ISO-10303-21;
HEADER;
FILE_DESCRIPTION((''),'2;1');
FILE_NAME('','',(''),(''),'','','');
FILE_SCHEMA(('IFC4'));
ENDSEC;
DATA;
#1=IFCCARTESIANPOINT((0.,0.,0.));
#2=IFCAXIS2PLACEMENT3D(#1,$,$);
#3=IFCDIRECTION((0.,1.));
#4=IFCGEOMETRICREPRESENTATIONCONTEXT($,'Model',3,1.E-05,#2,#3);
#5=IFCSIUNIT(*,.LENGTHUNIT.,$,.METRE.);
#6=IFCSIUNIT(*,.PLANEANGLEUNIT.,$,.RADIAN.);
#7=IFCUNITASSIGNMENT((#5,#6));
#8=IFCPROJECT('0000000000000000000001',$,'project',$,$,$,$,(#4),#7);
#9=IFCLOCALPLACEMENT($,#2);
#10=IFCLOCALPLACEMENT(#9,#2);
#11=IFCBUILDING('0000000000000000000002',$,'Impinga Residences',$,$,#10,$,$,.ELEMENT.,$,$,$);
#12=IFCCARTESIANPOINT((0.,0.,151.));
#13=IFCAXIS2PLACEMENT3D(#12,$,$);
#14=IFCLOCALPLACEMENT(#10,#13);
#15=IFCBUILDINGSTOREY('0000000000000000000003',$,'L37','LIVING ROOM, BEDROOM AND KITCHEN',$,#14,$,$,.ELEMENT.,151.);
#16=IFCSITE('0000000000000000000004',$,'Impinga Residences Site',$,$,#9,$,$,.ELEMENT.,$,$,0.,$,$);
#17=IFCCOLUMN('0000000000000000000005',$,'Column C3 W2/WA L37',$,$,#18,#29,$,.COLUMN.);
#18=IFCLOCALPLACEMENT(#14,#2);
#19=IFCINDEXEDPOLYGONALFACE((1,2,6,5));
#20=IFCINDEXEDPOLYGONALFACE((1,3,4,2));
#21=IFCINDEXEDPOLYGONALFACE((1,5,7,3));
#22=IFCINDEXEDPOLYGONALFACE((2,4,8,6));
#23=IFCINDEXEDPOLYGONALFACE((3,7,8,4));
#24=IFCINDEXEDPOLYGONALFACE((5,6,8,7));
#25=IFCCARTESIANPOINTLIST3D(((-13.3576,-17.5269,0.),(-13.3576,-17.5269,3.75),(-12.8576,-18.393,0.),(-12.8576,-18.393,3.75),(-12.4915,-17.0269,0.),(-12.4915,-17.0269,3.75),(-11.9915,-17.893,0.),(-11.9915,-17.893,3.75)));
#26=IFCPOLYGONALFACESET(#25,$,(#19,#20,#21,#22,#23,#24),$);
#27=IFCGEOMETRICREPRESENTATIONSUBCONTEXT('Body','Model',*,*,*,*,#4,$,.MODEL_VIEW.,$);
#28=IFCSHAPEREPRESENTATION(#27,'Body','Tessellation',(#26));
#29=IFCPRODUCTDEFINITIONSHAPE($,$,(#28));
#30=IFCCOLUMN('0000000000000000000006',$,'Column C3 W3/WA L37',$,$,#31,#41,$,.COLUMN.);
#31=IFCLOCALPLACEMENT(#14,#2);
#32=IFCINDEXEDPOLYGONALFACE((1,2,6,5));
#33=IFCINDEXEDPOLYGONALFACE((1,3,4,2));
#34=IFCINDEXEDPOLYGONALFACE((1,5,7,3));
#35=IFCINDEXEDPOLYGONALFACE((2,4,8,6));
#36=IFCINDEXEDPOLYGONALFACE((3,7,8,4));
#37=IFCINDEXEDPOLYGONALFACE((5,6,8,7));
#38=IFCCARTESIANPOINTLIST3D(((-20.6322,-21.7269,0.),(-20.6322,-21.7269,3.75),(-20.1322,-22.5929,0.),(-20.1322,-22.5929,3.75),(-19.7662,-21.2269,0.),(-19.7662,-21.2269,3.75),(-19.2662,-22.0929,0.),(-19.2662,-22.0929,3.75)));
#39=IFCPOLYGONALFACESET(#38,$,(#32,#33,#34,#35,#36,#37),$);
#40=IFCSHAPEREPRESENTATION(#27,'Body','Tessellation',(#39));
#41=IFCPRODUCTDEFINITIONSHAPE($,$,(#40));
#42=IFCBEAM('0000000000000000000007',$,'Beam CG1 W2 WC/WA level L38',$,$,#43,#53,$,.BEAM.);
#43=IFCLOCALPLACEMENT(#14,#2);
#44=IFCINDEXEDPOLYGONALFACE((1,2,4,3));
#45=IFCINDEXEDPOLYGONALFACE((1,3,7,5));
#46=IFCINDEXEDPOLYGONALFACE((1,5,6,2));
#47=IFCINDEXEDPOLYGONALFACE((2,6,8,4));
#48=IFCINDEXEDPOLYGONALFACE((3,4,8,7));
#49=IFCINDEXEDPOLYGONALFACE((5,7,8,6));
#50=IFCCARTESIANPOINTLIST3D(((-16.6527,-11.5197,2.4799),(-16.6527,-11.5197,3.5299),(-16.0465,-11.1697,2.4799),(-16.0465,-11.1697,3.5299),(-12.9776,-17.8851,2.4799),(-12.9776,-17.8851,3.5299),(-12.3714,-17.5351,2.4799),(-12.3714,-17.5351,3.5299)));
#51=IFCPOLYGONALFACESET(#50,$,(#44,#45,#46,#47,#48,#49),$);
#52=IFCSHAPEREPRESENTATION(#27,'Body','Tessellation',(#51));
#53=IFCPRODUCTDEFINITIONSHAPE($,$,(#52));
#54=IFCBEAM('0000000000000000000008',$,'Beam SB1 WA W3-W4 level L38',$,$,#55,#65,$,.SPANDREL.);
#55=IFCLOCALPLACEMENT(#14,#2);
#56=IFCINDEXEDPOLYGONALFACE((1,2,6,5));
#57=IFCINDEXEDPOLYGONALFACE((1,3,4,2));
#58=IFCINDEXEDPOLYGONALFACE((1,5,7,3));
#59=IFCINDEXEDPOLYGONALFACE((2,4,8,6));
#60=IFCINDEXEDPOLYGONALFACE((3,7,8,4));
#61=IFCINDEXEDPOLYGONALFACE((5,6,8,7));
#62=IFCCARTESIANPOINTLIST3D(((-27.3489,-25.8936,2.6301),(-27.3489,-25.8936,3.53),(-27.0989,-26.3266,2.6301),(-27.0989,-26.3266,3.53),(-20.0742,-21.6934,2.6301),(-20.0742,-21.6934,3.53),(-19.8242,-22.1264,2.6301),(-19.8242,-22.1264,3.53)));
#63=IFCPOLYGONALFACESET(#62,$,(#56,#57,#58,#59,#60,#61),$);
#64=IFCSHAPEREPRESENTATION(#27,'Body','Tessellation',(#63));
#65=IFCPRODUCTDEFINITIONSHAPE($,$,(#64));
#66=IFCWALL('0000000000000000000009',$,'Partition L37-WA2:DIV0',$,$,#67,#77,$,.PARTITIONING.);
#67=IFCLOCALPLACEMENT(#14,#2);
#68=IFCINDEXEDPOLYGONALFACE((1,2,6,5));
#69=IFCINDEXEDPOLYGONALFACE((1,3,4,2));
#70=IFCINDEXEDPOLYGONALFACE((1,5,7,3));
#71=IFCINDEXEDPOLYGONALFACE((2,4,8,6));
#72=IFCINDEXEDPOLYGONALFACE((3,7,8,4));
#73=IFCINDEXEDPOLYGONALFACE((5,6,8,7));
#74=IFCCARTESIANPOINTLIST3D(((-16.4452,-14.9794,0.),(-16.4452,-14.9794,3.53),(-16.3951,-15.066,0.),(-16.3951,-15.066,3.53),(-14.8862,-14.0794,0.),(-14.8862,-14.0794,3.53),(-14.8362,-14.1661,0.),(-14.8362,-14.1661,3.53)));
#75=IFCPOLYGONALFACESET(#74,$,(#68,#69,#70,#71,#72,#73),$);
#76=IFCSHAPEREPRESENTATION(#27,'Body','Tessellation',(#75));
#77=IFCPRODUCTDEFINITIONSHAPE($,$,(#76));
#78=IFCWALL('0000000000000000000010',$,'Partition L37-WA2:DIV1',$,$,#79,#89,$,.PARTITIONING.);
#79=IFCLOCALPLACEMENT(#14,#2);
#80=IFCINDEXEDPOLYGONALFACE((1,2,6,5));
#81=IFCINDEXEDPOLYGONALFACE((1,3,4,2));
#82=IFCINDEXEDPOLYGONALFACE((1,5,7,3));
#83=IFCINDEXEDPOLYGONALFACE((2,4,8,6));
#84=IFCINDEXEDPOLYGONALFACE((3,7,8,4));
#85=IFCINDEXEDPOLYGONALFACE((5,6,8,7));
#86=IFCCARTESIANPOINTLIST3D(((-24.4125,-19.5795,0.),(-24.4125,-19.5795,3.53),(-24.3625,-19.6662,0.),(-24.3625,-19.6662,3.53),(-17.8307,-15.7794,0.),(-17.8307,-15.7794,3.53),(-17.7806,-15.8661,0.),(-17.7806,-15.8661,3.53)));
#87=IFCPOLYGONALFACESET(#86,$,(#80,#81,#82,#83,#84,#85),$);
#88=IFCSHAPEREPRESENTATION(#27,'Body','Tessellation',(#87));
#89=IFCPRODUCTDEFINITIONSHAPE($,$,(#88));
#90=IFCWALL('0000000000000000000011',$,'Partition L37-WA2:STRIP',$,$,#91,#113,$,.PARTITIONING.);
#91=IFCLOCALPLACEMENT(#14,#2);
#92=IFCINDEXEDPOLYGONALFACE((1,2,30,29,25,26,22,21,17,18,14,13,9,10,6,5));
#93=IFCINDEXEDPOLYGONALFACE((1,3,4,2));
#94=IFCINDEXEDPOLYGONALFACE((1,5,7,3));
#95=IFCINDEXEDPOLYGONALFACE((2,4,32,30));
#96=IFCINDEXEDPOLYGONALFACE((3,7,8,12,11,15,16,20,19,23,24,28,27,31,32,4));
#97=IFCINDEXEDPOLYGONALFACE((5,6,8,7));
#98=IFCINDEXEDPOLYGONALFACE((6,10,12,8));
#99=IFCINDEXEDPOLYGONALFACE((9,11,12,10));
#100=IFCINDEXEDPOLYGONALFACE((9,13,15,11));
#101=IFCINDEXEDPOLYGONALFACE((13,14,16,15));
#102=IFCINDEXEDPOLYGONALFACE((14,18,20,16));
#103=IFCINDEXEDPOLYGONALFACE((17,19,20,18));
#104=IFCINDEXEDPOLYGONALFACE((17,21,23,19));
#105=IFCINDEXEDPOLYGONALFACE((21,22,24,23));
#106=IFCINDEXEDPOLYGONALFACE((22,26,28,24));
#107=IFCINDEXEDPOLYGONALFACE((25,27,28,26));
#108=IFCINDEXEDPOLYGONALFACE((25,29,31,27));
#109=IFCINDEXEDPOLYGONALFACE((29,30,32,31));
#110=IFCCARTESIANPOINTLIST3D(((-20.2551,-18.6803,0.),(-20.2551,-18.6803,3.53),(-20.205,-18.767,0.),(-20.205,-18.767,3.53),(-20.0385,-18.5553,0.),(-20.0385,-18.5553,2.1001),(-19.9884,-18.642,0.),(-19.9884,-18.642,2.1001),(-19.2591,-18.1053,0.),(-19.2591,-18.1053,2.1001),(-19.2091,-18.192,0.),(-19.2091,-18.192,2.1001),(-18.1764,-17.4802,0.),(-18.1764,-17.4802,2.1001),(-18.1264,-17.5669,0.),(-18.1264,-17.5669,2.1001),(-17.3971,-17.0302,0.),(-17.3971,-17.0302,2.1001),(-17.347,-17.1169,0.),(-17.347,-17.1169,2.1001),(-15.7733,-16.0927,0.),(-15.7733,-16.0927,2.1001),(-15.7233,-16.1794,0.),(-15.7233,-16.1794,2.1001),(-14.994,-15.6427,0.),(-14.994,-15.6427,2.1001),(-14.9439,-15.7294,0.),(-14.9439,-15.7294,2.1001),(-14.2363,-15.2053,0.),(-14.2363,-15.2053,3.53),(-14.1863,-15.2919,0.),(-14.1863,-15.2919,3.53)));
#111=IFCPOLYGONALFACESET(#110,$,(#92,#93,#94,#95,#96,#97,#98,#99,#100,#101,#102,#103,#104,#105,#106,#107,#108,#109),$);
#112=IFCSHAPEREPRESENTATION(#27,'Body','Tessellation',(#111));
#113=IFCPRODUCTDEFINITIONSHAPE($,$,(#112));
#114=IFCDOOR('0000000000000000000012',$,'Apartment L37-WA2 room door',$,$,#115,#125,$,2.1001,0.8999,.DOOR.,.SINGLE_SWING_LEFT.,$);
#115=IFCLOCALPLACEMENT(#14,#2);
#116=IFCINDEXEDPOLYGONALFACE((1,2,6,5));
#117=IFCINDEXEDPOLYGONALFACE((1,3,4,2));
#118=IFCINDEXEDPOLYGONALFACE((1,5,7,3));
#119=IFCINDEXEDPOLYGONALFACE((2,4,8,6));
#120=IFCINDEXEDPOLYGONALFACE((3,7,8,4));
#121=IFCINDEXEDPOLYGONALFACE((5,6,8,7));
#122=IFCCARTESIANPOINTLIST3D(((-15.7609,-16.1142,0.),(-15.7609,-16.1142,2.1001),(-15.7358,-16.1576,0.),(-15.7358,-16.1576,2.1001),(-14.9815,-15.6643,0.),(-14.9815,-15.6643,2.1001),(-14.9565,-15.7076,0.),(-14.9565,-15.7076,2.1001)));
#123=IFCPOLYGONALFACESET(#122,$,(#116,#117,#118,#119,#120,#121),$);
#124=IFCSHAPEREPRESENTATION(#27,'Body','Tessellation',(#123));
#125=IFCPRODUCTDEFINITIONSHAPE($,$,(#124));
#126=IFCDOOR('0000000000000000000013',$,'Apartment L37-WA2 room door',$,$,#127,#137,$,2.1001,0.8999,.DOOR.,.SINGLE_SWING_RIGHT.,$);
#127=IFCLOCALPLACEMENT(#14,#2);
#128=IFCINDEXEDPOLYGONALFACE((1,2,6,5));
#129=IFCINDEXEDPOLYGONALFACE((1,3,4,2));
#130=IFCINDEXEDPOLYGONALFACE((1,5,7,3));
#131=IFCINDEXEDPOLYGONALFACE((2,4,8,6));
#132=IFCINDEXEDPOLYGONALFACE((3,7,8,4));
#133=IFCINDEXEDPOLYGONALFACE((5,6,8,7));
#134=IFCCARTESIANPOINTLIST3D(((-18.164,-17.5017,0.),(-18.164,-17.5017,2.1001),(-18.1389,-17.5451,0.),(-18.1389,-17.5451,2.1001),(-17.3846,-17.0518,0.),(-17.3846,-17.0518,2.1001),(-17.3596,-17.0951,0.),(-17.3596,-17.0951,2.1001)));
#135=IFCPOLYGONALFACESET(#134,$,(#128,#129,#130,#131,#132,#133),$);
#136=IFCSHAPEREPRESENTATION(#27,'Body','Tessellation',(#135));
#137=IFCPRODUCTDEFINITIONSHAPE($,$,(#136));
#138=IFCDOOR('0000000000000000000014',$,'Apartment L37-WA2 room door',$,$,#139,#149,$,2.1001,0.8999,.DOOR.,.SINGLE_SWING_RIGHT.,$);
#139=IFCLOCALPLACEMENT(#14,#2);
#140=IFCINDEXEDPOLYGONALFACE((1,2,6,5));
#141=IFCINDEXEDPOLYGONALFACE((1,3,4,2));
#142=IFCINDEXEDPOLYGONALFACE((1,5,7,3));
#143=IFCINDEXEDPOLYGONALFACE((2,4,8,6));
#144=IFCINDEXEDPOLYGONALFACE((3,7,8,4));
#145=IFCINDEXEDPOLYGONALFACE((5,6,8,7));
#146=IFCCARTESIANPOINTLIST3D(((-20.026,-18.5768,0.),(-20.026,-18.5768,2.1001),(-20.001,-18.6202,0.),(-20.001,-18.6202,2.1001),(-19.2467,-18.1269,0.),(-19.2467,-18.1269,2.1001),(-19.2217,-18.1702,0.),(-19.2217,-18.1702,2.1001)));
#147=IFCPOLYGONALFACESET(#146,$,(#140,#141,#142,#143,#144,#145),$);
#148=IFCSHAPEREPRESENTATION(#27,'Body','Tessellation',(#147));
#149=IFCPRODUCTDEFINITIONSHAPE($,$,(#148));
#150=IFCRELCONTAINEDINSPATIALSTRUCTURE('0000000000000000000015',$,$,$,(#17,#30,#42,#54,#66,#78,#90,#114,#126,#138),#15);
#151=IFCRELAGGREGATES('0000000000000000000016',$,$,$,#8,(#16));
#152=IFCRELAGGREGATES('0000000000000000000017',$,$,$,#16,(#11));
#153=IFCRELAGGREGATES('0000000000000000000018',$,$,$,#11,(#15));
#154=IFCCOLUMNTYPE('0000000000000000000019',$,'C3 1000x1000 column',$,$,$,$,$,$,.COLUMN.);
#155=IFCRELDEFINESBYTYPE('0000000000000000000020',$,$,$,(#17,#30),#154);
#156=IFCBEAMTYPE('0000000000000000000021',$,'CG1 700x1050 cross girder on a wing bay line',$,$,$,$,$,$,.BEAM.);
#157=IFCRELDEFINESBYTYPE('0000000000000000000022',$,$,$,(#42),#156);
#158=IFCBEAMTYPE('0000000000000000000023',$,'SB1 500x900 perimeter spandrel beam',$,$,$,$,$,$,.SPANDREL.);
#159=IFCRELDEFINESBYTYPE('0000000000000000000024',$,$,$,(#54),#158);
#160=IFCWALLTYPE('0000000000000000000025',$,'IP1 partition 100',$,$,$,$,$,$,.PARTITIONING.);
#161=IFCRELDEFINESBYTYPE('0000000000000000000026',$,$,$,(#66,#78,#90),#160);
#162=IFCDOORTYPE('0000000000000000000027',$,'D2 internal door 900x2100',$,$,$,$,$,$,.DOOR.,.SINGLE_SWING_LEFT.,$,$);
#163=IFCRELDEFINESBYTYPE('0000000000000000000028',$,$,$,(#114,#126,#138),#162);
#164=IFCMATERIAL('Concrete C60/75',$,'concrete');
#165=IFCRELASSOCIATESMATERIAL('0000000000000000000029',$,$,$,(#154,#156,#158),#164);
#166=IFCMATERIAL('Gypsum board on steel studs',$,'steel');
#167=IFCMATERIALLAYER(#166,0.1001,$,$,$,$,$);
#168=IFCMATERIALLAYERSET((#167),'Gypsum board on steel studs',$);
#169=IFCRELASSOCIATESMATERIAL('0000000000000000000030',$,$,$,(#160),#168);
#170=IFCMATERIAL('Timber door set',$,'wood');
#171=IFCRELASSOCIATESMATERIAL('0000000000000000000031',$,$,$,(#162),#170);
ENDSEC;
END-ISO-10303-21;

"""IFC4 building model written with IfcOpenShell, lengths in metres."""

from ifc_helpers import new_model, si_unit, direction, frame, frame_2d, origin, origin_2d, place, context, subcontext, project, spatial, rectangle, extrude, material, layer, layer_set, material_profile, profile_set, type_object, element, fill, save


model = new_model("IFC4")

# Units and contexts
model_context = context("Model", 3, precision=1e-05, world=origin(), true_north=direction((0.0, 1.0)))
body_context = subcontext(model_context, "Body", "Model", "MODEL_VIEW")
ifc_project = project(units=[si_unit("LENGTHUNIT", "METRE"), si_unit("PLANEANGLEUNIT", "RADIAN")], contexts=[model_context])

# Site, building, storey
site_placement = place(None, origin())
site = spatial("IfcSite", under=ifc_project, at=site_placement, Name="Impinga Residences Site", CompositionType="ELEMENT", RefElevation=0.0)
building_placement = place(site_placement, origin())
building = spatial("IfcBuilding", under=site, at=building_placement, Name="Impinga Residences", CompositionType="ELEMENT")
storey_placement = place(building_placement, frame((0.0, 0.0, 151.0)))
storey = spatial("IfcBuildingStorey", under=building, at=storey_placement, Name="L37", Description="LIVING ROOM, BEDROOM AND KITCHEN", CompositionType="ELEMENT", Elevation=151.0)

# Columns
ifc_material_1 = material(Name="Concrete C60/75", Category="concrete")
ifc_material_profile_1 = material_profile(ifc_material_1, rectangle(XDim=1.0, YDim=1.0, at=origin_2d()), Name="RC 1000x1000")
ifc_profile_set_1 = profile_set([ifc_material_profile_1], Name="Concrete C60/75")
column_type = type_object("IfcColumnType", Name="C3 1000x1000 column", PredefinedType="COLUMN", material=ifc_profile_set_1)
for number, where, z_axis, x_axis, name in (
    (1, (-12.6746, -17.71, 0.0), (0.0, 0.0, 1.0), (-0.5, 0.866025, 0.0), "Column C3 W2/WA L37"),
    (2, (-19.9492, -21.9099, 0.0), (0.0, 0.0, 1.0), (-0.5, 0.866025, 0.0), "Column C3 W3/WA L37"),
):
    element("IfcColumn", number, at=place(storey_placement, frame(where, z_axis=z_axis, x_axis=x_axis)), inside=storey, type_object=column_type, Name=name, PredefinedType="COLUMN", context=body_context, shape_type="SweptSolid", body=[
        extrude(rectangle(XDim=1.0, YDim=1.0, at=origin_2d()), origin(), (0.0, 0.0, 1.0), 3.75),
    ])

# Beams
ifc_material_profile_2 = material_profile(ifc_material_1, rectangle(XDim=0.7, YDim=1.05, at=origin_2d()), Name="RC 700x1050")
ifc_profile_set_2 = profile_set([ifc_material_profile_2], Name="Concrete C60/75")
beam_type_1 = type_object("IfcBeamType", Name="CG1 700x1050 cross girder on a wing bay line", PredefinedType="BEAM", material=ifc_profile_set_2)
beam_1_placement = place(storey_placement, frame((-16.3496, -11.3447, 3.0049), z_axis=(0.500008, -0.866021, 0.0), x_axis=(0.866021, 0.500008, 0.0)))
element("IfcBeam", 3, at=beam_1_placement, inside=storey, type_object=beam_type_1, Name="Beam CG1 W2 WC/WA level L38", PredefinedType="BEAM", context=body_context, shape_type="SweptSolid", body=[
    extrude(rectangle(XDim=0.7, YDim=1.05, at=origin_2d()), origin(), (0.0, 0.0, 1.0), 7.3501),
])
ifc_material_profile_3 = material_profile(ifc_material_1, rectangle(XDim=0.5, YDim=0.8999, at=origin_2d()), Name="RC 500x900")
ifc_profile_set_3 = profile_set([ifc_material_profile_3], Name="Concrete C60/75")
beam_type_2 = type_object("IfcBeamType", Name="SB1 500x900 perimeter spandrel beam", PredefinedType="SPANDREL", material=ifc_profile_set_3)
beam_2_placement = place(storey_placement, frame((-19.9492, -21.9099, 3.0801), z_axis=(-0.866017, -0.500015, 0.0), x_axis=(0.500015, -0.866017, 0.0)))
element("IfcBeam", 4, at=beam_2_placement, inside=storey, type_object=beam_type_2, Name="Beam SB1 WA W3-W4 level L38", PredefinedType="SPANDREL", context=body_context, shape_type="SweptSolid", body=[
    extrude(rectangle(XDim=0.5, YDim=0.8999, at=origin_2d()), origin(), (0.0, 0.0, 1.0), 8.4001),
])

# Walls
ifc_material_2 = material(Name="Gypsum board on steel studs", Category="steel")
ifc_layer_1 = layer(ifc_material_2, 0.1001)
ifc_layer_set_1 = layer_set([ifc_layer_1], Name="Gypsum board on steel studs")
wall_type = type_object("IfcWallType", Name="IP1 partition 100", PredefinedType="PARTITIONING", material=ifc_layer_set_1)
wall_1_placement = place(storey_placement, frame((-14.8613, -14.1228, 0.0), z_axis=(0.0, 0.0, 1.0), x_axis=(-0.866048, -0.499961, 0.0)))
element("IfcWall", 5, at=wall_1_placement, inside=storey, type_object=wall_type, Name="Partition L37-WA2:DIV0", PredefinedType="PARTITIONING", context=body_context, shape_type="SweptSolid", body=[
    extrude(rectangle(XDim=1.8, YDim=0.1001, at=frame_2d((0.8999, 0.0))), origin(), (0.0, 0.0, 1.0), 3.53),
])
wall_2_placement = place(storey_placement, frame((-17.8057, -15.8228, 0.0), z_axis=(0.0, 0.0, 1.0), x_axis=(-0.866022, -0.500005, 0.0)))
element("IfcWall", 6, at=wall_2_placement, inside=storey, type_object=wall_type, Name="Partition L37-WA2:DIV1", PredefinedType="PARTITIONING", context=body_context, shape_type="SweptSolid", body=[
    extrude(rectangle(XDim=7.6001, YDim=0.1001, at=frame_2d((3.8, 0.0))), origin(), (0.0, 0.0, 1.0), 3.53),
])

# Wall, openings, doors
wall_3_placement = place(storey_placement, frame((-14.2112, -15.2485, 0.0), z_axis=(0.0, 0.0, 1.0), x_axis=(-0.866017, -0.500015, 0.0)))
wall_3 = element("IfcWall", 7, at=wall_3_placement, inside=storey, type_object=wall_type, Name="Partition L37-WA2:STRIP", PredefinedType="PARTITIONING", context=body_context, shape_type="SweptSolid", body=[
    extrude(rectangle(XDim=6.95, YDim=0.1001, at=frame_2d((3.4751, 0.0))), origin(), (0.0, 0.0, 1.0), 3.53),
])
opening_1_placement = place(wall_3_placement, frame((0.875, 0.0, 0.0)))
opening_1 = element("IfcOpeningElement", 8, at=opening_1_placement, cuts=wall_3, PredefinedType="OPENING", context=body_context, shape_type="SweptSolid", body=[
    extrude(rectangle(XDim=0.8999, YDim=2.1001, at=frame_2d((0.45, 1.05))), frame((0.0, 0.0601, 0.0), z_axis=(0.0, -1.0, 0.0), x_axis=(1.0, 0.0, 0.0)), (0.0, 0.0, 1.0), 0.1201),
])
opening_2_placement = place(wall_3_placement, frame((3.6499, 0.0, 0.0)))
opening_2 = element("IfcOpeningElement", 9, at=opening_2_placement, cuts=wall_3, PredefinedType="OPENING", context=body_context, shape_type="SweptSolid", body=[
    extrude(rectangle(XDim=0.8999, YDim=2.1001, at=frame_2d((0.45, 1.05))), frame((0.0, 0.0601, 0.0), z_axis=(0.0, -1.0, 0.0), x_axis=(1.0, 0.0, 0.0)), (0.0, 0.0, 1.0), 0.1201),
])
opening_3_placement = place(wall_3_placement, frame((5.8, 0.0, 0.0)))
opening_3 = element("IfcOpeningElement", 10, at=opening_3_placement, cuts=wall_3, PredefinedType="OPENING", context=body_context, shape_type="SweptSolid", body=[
    extrude(rectangle(XDim=0.8999, YDim=2.1001, at=frame_2d((0.45, 1.05))), frame((0.0, 0.0601, 0.0), z_axis=(0.0, -1.0, 0.0), x_axis=(1.0, 0.0, 0.0)), (0.0, 0.0, 1.0), 0.1201),
])
ifc_material_3 = material(Name="Timber door set", Category="wood")
door_type = type_object("IfcDoorType", Name="D2 internal door 900x2100", OperationType="SINGLE_SWING_LEFT", PredefinedType="DOOR", material=ifc_material_3)
door_1_placement = place(opening_1_placement, origin())
door_1 = element("IfcDoor", 11, at=door_1_placement, inside=storey, type_object=door_type, Name="Apartment L37-WA2 room door", OperationType="SINGLE_SWING_LEFT", OverallHeight=2.1001, OverallWidth=0.8999, PredefinedType="DOOR", context=body_context, shape_type="SweptSolid", body=[
    extrude(rectangle(XDim=0.8999, YDim=2.1001, at=frame_2d((0.45, 1.05))), frame((0.0, 0.0249, 0.0), z_axis=(0.0, -1.0, 0.0), x_axis=(1.0, 0.0, 0.0)), (0.0, 0.0, 1.0), 0.05),
])
fill(opening_1, door_1)
door_2_placement = place(opening_2_placement, origin())
door_2 = element("IfcDoor", 12, at=door_2_placement, inside=storey, type_object=door_type, Name="Apartment L37-WA2 room door", OperationType="SINGLE_SWING_RIGHT", OverallHeight=2.1001, OverallWidth=0.8999, PredefinedType="DOOR", context=body_context, shape_type="SweptSolid", body=[
    extrude(rectangle(XDim=0.8999, YDim=2.1001, at=frame_2d((0.45, 1.05))), frame((0.0, 0.0249, 0.0), z_axis=(0.0, -1.0, 0.0), x_axis=(1.0, 0.0, 0.0)), (0.0, 0.0, 1.0), 0.05),
])
fill(opening_2, door_2)
door_3_placement = place(opening_3_placement, origin())
door_3 = element("IfcDoor", 13, at=door_3_placement, inside=storey, type_object=door_type, Name="Apartment L37-WA2 room door", OperationType="SINGLE_SWING_RIGHT", OverallHeight=2.1001, OverallWidth=0.8999, PredefinedType="DOOR", context=body_context, shape_type="SweptSolid", body=[
    extrude(rectangle(XDim=0.8999, YDim=2.1001, at=frame_2d((0.45, 1.05))), frame((0.0, 0.0249, 0.0), z_axis=(0.0, -1.0, 0.0), x_axis=(1.0, 0.0, 0.0)), (0.0, 0.0, 1.0), 0.05),
])
fill(opening_3, door_3)

save(model, "model.ifc")
